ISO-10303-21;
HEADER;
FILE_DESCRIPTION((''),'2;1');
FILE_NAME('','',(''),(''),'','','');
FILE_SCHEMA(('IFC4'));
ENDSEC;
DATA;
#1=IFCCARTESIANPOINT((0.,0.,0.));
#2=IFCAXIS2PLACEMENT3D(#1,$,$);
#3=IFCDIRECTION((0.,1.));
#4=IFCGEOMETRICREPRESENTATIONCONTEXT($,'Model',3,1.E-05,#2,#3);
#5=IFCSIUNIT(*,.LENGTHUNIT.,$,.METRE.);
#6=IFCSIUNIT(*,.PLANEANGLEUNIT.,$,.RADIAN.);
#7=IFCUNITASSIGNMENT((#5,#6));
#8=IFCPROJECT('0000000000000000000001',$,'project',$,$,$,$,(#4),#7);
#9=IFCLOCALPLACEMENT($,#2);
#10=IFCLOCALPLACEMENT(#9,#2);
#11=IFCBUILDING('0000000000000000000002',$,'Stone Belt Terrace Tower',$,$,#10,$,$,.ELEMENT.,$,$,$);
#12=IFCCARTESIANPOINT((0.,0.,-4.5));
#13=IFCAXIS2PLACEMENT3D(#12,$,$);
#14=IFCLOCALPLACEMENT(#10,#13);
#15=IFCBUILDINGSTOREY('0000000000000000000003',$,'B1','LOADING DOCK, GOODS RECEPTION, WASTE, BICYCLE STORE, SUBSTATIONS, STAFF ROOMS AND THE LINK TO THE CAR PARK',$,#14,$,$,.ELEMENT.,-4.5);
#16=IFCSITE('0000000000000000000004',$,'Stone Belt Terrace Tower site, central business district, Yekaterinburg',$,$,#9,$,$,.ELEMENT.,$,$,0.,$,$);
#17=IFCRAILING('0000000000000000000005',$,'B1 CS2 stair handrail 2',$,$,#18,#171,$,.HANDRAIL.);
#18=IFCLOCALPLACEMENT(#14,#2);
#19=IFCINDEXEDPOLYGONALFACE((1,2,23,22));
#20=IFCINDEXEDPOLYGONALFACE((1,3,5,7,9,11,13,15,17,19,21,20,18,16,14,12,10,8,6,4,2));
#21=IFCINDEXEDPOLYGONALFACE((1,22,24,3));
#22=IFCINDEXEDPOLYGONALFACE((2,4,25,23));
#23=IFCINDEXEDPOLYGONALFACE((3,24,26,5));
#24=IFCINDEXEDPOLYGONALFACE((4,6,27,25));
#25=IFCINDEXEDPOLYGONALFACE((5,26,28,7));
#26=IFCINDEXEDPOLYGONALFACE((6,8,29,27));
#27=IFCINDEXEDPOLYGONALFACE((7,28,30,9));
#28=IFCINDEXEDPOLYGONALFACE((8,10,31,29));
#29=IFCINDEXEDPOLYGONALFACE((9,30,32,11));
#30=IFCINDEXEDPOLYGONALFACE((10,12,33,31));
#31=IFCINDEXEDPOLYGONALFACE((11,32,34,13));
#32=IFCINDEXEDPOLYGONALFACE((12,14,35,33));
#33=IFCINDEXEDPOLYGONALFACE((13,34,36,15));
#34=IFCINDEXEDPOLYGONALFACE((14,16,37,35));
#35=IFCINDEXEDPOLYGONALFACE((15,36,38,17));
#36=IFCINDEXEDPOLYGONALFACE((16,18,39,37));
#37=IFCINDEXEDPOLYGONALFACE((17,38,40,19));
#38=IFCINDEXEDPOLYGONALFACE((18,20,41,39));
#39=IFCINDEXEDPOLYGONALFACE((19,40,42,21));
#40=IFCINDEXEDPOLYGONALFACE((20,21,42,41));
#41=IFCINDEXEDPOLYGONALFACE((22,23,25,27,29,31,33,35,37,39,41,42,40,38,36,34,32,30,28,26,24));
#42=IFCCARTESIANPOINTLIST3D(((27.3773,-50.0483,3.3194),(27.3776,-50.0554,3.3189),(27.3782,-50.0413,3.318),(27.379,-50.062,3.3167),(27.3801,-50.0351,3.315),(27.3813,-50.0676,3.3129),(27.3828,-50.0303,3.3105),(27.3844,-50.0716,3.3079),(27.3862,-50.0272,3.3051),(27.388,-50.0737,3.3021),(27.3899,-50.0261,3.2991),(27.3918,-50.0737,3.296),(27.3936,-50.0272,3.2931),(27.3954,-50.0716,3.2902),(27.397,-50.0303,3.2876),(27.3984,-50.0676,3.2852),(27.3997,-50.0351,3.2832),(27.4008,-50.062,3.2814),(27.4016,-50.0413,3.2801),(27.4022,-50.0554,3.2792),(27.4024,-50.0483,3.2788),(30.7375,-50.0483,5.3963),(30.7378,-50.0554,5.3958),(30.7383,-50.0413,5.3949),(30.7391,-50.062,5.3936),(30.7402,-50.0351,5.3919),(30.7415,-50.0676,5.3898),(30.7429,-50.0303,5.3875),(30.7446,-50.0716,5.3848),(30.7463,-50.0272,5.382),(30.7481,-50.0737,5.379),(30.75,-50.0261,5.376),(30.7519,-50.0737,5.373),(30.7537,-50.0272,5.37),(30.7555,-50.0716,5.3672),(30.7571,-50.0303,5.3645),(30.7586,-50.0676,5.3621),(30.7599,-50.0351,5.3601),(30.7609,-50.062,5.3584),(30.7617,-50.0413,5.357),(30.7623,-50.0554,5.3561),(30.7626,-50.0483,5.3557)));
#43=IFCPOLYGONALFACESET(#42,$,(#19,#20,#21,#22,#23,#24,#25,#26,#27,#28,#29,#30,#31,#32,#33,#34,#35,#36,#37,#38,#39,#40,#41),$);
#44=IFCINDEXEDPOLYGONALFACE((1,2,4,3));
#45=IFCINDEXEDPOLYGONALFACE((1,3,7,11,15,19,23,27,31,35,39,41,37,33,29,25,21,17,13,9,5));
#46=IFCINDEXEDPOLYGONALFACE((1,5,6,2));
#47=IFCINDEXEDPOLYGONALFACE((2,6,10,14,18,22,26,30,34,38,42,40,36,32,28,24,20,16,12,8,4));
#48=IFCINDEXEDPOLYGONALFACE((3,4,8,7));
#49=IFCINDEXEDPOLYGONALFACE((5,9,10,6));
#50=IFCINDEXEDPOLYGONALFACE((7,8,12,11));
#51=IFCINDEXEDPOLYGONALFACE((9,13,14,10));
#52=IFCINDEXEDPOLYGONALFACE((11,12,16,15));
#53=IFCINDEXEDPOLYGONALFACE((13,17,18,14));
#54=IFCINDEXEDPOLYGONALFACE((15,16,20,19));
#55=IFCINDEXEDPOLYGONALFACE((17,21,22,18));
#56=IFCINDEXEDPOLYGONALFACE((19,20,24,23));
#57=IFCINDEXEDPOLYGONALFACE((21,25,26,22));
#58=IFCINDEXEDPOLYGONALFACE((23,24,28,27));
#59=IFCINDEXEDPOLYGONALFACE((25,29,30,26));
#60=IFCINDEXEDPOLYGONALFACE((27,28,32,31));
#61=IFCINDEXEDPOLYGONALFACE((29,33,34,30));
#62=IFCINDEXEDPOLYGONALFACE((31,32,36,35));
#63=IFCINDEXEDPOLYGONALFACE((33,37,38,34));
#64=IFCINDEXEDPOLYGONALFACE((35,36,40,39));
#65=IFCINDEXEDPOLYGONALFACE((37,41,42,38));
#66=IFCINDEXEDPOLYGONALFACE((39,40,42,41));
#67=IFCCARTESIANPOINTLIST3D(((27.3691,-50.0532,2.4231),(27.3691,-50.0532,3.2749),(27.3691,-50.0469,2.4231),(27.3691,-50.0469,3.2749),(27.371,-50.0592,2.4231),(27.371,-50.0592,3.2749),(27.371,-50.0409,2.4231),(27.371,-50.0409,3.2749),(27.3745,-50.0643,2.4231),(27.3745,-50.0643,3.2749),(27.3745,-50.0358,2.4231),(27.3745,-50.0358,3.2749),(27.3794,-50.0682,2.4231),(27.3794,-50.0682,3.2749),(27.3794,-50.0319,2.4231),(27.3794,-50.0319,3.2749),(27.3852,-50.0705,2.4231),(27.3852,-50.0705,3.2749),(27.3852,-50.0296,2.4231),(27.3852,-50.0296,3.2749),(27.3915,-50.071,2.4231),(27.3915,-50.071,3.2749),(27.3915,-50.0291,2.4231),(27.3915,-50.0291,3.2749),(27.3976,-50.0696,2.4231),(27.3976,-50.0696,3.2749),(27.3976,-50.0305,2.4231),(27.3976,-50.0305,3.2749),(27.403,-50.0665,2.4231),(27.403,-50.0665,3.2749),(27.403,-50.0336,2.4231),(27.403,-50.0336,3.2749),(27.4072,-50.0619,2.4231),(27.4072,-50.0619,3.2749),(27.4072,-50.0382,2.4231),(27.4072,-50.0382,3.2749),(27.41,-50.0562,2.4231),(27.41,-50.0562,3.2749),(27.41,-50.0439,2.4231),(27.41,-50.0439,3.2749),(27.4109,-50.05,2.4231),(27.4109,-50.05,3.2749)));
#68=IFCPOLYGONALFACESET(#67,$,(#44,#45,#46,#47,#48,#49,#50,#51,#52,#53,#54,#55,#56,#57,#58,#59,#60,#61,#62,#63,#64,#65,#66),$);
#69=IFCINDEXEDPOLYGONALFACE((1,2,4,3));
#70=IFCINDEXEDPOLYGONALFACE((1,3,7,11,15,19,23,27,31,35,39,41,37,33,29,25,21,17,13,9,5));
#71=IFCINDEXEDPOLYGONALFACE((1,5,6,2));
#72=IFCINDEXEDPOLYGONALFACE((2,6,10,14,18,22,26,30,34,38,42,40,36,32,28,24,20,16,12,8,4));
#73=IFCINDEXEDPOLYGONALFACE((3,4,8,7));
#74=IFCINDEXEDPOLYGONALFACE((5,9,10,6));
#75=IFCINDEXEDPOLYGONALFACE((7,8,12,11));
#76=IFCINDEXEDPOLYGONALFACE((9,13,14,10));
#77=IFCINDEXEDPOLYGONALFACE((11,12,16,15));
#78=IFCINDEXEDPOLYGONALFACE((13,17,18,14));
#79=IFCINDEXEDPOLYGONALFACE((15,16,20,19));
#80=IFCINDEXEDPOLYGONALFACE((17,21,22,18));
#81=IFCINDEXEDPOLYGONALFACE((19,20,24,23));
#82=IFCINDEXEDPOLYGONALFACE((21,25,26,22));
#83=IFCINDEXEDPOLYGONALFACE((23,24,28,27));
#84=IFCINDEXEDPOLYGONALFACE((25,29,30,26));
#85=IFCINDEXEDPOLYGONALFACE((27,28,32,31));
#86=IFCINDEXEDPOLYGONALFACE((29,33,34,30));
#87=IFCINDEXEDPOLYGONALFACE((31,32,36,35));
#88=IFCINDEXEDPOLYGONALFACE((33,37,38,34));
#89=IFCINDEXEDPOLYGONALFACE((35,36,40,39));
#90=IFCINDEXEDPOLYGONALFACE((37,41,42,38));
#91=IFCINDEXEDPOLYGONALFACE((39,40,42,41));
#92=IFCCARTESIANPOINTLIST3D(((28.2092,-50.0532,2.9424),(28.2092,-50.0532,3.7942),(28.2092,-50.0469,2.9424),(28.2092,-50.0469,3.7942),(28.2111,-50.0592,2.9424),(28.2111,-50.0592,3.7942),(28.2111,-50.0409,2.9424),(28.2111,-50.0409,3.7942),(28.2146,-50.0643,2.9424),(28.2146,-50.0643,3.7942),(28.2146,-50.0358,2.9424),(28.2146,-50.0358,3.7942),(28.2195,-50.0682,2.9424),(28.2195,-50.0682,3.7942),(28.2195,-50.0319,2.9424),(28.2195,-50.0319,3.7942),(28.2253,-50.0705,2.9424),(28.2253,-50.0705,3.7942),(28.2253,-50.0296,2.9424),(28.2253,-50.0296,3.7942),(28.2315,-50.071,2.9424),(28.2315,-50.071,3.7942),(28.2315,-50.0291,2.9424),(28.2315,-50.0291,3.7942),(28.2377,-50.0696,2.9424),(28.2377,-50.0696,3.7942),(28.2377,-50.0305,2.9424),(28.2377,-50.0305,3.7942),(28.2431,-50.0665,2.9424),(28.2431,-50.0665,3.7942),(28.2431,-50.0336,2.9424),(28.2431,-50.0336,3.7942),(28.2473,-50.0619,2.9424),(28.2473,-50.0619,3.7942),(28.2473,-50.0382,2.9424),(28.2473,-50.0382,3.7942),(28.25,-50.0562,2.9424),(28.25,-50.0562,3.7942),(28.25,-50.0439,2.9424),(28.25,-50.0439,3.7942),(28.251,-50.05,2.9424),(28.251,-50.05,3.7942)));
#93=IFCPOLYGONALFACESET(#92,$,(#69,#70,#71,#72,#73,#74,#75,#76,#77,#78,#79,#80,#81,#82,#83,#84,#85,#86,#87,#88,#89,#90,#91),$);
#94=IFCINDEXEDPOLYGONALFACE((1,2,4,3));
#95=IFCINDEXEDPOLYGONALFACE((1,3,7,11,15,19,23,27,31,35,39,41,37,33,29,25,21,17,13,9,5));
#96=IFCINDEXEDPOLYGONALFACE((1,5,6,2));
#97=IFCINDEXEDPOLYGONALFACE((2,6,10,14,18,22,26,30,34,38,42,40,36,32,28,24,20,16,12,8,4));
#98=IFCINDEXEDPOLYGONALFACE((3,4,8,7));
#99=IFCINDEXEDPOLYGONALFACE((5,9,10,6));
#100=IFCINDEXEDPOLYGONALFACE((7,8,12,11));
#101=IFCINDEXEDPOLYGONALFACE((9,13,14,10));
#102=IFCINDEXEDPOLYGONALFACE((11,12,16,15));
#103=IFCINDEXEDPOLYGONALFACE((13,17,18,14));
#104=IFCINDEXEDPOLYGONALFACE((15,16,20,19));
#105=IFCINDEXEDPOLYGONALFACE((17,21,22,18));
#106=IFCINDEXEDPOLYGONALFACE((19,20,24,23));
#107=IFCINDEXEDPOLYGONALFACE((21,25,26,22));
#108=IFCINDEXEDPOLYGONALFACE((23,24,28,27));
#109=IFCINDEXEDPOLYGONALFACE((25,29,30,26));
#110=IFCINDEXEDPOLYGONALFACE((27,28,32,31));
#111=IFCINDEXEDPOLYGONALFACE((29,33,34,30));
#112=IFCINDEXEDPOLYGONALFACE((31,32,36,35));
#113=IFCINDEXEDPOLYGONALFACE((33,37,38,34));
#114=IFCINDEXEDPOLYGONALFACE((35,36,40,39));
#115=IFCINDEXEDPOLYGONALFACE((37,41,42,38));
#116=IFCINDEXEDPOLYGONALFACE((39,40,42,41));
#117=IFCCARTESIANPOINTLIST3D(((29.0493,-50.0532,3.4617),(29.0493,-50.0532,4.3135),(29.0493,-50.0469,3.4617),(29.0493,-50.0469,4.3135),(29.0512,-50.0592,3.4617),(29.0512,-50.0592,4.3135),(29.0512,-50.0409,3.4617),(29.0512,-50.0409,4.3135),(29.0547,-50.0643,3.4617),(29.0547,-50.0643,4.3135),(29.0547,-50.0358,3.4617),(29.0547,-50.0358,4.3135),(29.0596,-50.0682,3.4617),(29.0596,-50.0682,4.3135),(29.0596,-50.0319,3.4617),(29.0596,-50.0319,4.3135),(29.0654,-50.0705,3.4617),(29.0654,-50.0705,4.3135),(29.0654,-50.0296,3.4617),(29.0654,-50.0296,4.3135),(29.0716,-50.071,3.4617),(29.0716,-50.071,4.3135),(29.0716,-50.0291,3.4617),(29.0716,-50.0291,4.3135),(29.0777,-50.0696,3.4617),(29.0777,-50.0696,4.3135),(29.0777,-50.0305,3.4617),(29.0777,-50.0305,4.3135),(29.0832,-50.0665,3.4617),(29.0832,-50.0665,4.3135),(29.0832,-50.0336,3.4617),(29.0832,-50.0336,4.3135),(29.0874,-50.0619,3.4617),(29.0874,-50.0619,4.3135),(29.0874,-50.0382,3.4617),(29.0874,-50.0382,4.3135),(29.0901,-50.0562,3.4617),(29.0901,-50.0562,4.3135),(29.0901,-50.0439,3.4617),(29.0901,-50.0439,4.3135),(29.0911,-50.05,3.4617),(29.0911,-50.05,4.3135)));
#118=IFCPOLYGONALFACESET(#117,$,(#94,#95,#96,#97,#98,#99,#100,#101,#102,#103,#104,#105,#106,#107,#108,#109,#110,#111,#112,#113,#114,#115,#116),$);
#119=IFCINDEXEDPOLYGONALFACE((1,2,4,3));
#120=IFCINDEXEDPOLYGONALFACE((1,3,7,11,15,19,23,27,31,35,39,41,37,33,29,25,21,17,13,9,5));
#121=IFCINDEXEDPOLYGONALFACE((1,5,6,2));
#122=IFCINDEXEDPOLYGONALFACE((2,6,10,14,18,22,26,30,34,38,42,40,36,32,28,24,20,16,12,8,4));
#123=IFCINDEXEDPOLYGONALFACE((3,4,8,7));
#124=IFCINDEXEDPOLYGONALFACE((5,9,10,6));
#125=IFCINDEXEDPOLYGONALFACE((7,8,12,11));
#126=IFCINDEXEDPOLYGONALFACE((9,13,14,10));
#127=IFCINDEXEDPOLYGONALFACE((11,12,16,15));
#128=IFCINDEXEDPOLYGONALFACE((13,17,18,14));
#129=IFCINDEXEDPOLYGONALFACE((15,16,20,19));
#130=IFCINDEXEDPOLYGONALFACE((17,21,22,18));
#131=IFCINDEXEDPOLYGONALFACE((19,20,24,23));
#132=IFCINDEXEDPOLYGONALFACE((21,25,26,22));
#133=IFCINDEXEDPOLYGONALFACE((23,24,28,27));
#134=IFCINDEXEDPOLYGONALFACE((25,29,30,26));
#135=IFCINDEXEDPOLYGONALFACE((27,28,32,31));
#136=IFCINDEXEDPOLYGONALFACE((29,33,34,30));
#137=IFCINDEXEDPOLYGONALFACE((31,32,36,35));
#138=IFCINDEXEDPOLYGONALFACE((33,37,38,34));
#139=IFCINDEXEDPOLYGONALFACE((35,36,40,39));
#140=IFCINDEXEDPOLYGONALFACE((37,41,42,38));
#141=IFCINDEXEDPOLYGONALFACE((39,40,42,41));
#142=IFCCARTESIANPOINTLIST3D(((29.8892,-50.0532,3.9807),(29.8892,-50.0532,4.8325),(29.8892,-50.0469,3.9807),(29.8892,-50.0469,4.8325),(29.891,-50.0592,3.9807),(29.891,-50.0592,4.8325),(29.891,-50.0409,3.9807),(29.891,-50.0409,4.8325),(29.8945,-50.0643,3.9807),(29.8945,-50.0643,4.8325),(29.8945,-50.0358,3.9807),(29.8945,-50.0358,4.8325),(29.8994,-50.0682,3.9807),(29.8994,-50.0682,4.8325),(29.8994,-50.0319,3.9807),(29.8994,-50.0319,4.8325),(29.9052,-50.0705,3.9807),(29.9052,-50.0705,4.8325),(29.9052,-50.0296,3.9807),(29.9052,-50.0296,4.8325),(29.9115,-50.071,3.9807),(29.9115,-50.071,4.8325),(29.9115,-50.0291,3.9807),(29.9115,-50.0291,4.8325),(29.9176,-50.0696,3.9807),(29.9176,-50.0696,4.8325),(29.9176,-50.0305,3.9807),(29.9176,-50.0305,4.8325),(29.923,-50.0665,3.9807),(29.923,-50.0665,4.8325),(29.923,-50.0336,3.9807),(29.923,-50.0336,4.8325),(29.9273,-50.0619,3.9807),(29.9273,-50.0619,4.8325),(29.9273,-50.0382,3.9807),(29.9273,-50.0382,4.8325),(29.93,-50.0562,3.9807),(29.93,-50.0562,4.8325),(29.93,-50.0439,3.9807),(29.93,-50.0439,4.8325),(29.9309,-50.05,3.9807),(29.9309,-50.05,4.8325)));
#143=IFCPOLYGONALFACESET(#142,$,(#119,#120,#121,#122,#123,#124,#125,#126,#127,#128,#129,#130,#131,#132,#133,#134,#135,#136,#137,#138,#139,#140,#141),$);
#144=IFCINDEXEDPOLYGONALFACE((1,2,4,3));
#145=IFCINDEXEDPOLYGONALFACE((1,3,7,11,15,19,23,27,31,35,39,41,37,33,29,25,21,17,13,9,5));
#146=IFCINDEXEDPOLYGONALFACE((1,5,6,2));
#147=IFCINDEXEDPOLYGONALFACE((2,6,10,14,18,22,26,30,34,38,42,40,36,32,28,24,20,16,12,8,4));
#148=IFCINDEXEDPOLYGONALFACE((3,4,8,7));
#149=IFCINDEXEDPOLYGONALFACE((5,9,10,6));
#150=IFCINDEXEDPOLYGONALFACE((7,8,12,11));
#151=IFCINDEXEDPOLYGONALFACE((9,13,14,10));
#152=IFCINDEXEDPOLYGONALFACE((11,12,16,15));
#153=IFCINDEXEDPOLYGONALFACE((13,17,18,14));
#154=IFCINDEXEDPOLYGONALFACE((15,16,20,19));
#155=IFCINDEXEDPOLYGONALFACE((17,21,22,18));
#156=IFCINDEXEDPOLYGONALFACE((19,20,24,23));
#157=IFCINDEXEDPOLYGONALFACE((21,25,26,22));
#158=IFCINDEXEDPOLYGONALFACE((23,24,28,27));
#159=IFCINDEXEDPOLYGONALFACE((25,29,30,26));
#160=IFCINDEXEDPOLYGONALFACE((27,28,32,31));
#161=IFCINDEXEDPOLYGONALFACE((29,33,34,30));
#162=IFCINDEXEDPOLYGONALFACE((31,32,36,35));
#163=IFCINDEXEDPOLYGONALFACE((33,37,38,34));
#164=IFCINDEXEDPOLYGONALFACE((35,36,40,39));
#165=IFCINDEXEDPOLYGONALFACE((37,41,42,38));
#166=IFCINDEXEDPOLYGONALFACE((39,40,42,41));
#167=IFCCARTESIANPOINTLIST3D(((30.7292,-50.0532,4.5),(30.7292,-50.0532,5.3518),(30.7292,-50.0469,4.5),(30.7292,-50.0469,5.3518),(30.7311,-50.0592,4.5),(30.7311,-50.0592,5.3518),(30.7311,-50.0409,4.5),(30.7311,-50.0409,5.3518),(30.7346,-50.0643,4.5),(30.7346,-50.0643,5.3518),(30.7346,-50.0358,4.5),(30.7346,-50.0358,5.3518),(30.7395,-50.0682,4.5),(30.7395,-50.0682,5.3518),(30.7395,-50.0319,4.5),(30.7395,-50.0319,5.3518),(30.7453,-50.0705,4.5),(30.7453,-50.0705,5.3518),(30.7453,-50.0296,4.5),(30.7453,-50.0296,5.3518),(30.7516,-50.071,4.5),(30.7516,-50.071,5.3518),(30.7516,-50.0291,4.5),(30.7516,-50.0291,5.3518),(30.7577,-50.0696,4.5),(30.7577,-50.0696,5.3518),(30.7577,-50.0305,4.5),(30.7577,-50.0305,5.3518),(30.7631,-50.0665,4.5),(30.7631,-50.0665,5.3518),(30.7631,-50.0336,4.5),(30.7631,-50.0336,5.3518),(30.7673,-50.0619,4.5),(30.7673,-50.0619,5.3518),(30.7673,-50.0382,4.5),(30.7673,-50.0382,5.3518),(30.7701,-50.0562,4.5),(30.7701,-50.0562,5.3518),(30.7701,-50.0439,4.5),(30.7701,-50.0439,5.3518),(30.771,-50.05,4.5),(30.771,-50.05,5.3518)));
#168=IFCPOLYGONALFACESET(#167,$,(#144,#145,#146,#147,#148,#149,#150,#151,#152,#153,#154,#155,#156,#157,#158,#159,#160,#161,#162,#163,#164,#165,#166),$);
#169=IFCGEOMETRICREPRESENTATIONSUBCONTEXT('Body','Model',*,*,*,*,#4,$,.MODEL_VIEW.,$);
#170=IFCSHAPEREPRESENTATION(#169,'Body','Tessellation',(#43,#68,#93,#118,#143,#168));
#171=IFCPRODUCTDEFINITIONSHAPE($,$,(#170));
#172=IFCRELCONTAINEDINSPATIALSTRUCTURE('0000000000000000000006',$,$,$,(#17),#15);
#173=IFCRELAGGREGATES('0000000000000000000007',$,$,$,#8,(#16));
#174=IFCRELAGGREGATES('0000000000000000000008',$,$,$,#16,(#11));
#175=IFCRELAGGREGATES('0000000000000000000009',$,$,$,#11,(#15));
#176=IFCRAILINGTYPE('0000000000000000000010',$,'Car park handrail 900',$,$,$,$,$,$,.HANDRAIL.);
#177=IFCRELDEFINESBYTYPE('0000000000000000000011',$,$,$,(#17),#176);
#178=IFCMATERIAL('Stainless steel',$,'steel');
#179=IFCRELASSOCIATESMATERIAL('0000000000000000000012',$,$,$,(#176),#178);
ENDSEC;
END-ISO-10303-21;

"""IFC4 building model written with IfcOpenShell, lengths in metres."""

from ifc_helpers import new_model, si_unit, direction, frame, origin, origin_2d, place, context, subcontext, project, spatial, circle, extrude, material, type_object, element, save


model = new_model("IFC4")

# Units and contexts
model_context = context("Model", 3, precision=1e-05, world=origin(), true_north=direction((0.0, 1.0)))
body_context = subcontext(model_context, "Body", "Model", "MODEL_VIEW")
ifc_project = project(units=[si_unit("LENGTHUNIT", "METRE"), si_unit("PLANEANGLEUNIT", "RADIAN")], contexts=[model_context])

# Site, building, storey
site_placement = place(None, origin())
site = spatial("IfcSite", under=ifc_project, at=site_placement, Name="Stone Belt Terrace Tower site, central business district, Yekaterinburg", CompositionType="ELEMENT", RefElevation=0.0)
building_placement = place(site_placement, origin())
building = spatial("IfcBuilding", under=site, at=building_placement, Name="Stone Belt Terrace Tower", CompositionType="ELEMENT")
storey_placement = place(building_placement, frame((0.0, 0.0, -4.5)))
storey = spatial("IfcBuildingStorey", under=building, at=storey_placement, Name="B1", Description="LOADING DOCK, GOODS RECEPTION, WASTE, BICYCLE STORE, SUBSTATIONS, STAFF ROOMS AND THE LINK TO THE CAR PARK", CompositionType="ELEMENT", Elevation=-4.5)

# Railing
ifc_material_1 = material(Name="Stainless steel", Category="steel")
railing_type_1 = type_object("IfcRailingType", Name="Car park handrail 900", PredefinedType="HANDRAIL", material=ifc_material_1)
railing_1_placement = place(storey_placement, frame((27.3899, -50.05, 2.4231)))
element("IfcRailing", 1, at=railing_1_placement, inside=storey, type_object=railing_type_1, Name="B1 CS2 stair handrail 2", PredefinedType="HANDRAIL", context=body_context, shape_type="SweptSolid", body=[
    extrude(circle(Radius=0.0239, at=origin_2d()), frame((0.0, 0.0, 0.876), z_axis=(0.850623, 0.0, 0.525776), x_axis=(0.0, 1.0, 0.0)), (0.0, 0.0, 1.0), 3.9502),
    extrude(circle(Radius=0.021, at=origin_2d()), origin(), (0.0, 0.0, 1.0), 0.8518),
    extrude(circle(Radius=0.021, at=origin_2d()), frame((0.8401, 0.0, 0.5193)), (0.0, 0.0, 1.0), 0.8518),
    extrude(circle(Radius=0.021, at=origin_2d()), frame((1.6802, 0.0, 1.0386)), (0.0, 0.0, 1.0), 0.8518),
    extrude(circle(Radius=0.021, at=origin_2d()), frame((2.52, 0.0, 1.5576)), (0.0, 0.0, 1.0), 0.8518),
    extrude(circle(Radius=0.021, at=origin_2d()), frame((3.3601, 0.0, 2.0769)), (0.0, 0.0, 1.0), 0.8518),
])

save(model, "model.ifc")
